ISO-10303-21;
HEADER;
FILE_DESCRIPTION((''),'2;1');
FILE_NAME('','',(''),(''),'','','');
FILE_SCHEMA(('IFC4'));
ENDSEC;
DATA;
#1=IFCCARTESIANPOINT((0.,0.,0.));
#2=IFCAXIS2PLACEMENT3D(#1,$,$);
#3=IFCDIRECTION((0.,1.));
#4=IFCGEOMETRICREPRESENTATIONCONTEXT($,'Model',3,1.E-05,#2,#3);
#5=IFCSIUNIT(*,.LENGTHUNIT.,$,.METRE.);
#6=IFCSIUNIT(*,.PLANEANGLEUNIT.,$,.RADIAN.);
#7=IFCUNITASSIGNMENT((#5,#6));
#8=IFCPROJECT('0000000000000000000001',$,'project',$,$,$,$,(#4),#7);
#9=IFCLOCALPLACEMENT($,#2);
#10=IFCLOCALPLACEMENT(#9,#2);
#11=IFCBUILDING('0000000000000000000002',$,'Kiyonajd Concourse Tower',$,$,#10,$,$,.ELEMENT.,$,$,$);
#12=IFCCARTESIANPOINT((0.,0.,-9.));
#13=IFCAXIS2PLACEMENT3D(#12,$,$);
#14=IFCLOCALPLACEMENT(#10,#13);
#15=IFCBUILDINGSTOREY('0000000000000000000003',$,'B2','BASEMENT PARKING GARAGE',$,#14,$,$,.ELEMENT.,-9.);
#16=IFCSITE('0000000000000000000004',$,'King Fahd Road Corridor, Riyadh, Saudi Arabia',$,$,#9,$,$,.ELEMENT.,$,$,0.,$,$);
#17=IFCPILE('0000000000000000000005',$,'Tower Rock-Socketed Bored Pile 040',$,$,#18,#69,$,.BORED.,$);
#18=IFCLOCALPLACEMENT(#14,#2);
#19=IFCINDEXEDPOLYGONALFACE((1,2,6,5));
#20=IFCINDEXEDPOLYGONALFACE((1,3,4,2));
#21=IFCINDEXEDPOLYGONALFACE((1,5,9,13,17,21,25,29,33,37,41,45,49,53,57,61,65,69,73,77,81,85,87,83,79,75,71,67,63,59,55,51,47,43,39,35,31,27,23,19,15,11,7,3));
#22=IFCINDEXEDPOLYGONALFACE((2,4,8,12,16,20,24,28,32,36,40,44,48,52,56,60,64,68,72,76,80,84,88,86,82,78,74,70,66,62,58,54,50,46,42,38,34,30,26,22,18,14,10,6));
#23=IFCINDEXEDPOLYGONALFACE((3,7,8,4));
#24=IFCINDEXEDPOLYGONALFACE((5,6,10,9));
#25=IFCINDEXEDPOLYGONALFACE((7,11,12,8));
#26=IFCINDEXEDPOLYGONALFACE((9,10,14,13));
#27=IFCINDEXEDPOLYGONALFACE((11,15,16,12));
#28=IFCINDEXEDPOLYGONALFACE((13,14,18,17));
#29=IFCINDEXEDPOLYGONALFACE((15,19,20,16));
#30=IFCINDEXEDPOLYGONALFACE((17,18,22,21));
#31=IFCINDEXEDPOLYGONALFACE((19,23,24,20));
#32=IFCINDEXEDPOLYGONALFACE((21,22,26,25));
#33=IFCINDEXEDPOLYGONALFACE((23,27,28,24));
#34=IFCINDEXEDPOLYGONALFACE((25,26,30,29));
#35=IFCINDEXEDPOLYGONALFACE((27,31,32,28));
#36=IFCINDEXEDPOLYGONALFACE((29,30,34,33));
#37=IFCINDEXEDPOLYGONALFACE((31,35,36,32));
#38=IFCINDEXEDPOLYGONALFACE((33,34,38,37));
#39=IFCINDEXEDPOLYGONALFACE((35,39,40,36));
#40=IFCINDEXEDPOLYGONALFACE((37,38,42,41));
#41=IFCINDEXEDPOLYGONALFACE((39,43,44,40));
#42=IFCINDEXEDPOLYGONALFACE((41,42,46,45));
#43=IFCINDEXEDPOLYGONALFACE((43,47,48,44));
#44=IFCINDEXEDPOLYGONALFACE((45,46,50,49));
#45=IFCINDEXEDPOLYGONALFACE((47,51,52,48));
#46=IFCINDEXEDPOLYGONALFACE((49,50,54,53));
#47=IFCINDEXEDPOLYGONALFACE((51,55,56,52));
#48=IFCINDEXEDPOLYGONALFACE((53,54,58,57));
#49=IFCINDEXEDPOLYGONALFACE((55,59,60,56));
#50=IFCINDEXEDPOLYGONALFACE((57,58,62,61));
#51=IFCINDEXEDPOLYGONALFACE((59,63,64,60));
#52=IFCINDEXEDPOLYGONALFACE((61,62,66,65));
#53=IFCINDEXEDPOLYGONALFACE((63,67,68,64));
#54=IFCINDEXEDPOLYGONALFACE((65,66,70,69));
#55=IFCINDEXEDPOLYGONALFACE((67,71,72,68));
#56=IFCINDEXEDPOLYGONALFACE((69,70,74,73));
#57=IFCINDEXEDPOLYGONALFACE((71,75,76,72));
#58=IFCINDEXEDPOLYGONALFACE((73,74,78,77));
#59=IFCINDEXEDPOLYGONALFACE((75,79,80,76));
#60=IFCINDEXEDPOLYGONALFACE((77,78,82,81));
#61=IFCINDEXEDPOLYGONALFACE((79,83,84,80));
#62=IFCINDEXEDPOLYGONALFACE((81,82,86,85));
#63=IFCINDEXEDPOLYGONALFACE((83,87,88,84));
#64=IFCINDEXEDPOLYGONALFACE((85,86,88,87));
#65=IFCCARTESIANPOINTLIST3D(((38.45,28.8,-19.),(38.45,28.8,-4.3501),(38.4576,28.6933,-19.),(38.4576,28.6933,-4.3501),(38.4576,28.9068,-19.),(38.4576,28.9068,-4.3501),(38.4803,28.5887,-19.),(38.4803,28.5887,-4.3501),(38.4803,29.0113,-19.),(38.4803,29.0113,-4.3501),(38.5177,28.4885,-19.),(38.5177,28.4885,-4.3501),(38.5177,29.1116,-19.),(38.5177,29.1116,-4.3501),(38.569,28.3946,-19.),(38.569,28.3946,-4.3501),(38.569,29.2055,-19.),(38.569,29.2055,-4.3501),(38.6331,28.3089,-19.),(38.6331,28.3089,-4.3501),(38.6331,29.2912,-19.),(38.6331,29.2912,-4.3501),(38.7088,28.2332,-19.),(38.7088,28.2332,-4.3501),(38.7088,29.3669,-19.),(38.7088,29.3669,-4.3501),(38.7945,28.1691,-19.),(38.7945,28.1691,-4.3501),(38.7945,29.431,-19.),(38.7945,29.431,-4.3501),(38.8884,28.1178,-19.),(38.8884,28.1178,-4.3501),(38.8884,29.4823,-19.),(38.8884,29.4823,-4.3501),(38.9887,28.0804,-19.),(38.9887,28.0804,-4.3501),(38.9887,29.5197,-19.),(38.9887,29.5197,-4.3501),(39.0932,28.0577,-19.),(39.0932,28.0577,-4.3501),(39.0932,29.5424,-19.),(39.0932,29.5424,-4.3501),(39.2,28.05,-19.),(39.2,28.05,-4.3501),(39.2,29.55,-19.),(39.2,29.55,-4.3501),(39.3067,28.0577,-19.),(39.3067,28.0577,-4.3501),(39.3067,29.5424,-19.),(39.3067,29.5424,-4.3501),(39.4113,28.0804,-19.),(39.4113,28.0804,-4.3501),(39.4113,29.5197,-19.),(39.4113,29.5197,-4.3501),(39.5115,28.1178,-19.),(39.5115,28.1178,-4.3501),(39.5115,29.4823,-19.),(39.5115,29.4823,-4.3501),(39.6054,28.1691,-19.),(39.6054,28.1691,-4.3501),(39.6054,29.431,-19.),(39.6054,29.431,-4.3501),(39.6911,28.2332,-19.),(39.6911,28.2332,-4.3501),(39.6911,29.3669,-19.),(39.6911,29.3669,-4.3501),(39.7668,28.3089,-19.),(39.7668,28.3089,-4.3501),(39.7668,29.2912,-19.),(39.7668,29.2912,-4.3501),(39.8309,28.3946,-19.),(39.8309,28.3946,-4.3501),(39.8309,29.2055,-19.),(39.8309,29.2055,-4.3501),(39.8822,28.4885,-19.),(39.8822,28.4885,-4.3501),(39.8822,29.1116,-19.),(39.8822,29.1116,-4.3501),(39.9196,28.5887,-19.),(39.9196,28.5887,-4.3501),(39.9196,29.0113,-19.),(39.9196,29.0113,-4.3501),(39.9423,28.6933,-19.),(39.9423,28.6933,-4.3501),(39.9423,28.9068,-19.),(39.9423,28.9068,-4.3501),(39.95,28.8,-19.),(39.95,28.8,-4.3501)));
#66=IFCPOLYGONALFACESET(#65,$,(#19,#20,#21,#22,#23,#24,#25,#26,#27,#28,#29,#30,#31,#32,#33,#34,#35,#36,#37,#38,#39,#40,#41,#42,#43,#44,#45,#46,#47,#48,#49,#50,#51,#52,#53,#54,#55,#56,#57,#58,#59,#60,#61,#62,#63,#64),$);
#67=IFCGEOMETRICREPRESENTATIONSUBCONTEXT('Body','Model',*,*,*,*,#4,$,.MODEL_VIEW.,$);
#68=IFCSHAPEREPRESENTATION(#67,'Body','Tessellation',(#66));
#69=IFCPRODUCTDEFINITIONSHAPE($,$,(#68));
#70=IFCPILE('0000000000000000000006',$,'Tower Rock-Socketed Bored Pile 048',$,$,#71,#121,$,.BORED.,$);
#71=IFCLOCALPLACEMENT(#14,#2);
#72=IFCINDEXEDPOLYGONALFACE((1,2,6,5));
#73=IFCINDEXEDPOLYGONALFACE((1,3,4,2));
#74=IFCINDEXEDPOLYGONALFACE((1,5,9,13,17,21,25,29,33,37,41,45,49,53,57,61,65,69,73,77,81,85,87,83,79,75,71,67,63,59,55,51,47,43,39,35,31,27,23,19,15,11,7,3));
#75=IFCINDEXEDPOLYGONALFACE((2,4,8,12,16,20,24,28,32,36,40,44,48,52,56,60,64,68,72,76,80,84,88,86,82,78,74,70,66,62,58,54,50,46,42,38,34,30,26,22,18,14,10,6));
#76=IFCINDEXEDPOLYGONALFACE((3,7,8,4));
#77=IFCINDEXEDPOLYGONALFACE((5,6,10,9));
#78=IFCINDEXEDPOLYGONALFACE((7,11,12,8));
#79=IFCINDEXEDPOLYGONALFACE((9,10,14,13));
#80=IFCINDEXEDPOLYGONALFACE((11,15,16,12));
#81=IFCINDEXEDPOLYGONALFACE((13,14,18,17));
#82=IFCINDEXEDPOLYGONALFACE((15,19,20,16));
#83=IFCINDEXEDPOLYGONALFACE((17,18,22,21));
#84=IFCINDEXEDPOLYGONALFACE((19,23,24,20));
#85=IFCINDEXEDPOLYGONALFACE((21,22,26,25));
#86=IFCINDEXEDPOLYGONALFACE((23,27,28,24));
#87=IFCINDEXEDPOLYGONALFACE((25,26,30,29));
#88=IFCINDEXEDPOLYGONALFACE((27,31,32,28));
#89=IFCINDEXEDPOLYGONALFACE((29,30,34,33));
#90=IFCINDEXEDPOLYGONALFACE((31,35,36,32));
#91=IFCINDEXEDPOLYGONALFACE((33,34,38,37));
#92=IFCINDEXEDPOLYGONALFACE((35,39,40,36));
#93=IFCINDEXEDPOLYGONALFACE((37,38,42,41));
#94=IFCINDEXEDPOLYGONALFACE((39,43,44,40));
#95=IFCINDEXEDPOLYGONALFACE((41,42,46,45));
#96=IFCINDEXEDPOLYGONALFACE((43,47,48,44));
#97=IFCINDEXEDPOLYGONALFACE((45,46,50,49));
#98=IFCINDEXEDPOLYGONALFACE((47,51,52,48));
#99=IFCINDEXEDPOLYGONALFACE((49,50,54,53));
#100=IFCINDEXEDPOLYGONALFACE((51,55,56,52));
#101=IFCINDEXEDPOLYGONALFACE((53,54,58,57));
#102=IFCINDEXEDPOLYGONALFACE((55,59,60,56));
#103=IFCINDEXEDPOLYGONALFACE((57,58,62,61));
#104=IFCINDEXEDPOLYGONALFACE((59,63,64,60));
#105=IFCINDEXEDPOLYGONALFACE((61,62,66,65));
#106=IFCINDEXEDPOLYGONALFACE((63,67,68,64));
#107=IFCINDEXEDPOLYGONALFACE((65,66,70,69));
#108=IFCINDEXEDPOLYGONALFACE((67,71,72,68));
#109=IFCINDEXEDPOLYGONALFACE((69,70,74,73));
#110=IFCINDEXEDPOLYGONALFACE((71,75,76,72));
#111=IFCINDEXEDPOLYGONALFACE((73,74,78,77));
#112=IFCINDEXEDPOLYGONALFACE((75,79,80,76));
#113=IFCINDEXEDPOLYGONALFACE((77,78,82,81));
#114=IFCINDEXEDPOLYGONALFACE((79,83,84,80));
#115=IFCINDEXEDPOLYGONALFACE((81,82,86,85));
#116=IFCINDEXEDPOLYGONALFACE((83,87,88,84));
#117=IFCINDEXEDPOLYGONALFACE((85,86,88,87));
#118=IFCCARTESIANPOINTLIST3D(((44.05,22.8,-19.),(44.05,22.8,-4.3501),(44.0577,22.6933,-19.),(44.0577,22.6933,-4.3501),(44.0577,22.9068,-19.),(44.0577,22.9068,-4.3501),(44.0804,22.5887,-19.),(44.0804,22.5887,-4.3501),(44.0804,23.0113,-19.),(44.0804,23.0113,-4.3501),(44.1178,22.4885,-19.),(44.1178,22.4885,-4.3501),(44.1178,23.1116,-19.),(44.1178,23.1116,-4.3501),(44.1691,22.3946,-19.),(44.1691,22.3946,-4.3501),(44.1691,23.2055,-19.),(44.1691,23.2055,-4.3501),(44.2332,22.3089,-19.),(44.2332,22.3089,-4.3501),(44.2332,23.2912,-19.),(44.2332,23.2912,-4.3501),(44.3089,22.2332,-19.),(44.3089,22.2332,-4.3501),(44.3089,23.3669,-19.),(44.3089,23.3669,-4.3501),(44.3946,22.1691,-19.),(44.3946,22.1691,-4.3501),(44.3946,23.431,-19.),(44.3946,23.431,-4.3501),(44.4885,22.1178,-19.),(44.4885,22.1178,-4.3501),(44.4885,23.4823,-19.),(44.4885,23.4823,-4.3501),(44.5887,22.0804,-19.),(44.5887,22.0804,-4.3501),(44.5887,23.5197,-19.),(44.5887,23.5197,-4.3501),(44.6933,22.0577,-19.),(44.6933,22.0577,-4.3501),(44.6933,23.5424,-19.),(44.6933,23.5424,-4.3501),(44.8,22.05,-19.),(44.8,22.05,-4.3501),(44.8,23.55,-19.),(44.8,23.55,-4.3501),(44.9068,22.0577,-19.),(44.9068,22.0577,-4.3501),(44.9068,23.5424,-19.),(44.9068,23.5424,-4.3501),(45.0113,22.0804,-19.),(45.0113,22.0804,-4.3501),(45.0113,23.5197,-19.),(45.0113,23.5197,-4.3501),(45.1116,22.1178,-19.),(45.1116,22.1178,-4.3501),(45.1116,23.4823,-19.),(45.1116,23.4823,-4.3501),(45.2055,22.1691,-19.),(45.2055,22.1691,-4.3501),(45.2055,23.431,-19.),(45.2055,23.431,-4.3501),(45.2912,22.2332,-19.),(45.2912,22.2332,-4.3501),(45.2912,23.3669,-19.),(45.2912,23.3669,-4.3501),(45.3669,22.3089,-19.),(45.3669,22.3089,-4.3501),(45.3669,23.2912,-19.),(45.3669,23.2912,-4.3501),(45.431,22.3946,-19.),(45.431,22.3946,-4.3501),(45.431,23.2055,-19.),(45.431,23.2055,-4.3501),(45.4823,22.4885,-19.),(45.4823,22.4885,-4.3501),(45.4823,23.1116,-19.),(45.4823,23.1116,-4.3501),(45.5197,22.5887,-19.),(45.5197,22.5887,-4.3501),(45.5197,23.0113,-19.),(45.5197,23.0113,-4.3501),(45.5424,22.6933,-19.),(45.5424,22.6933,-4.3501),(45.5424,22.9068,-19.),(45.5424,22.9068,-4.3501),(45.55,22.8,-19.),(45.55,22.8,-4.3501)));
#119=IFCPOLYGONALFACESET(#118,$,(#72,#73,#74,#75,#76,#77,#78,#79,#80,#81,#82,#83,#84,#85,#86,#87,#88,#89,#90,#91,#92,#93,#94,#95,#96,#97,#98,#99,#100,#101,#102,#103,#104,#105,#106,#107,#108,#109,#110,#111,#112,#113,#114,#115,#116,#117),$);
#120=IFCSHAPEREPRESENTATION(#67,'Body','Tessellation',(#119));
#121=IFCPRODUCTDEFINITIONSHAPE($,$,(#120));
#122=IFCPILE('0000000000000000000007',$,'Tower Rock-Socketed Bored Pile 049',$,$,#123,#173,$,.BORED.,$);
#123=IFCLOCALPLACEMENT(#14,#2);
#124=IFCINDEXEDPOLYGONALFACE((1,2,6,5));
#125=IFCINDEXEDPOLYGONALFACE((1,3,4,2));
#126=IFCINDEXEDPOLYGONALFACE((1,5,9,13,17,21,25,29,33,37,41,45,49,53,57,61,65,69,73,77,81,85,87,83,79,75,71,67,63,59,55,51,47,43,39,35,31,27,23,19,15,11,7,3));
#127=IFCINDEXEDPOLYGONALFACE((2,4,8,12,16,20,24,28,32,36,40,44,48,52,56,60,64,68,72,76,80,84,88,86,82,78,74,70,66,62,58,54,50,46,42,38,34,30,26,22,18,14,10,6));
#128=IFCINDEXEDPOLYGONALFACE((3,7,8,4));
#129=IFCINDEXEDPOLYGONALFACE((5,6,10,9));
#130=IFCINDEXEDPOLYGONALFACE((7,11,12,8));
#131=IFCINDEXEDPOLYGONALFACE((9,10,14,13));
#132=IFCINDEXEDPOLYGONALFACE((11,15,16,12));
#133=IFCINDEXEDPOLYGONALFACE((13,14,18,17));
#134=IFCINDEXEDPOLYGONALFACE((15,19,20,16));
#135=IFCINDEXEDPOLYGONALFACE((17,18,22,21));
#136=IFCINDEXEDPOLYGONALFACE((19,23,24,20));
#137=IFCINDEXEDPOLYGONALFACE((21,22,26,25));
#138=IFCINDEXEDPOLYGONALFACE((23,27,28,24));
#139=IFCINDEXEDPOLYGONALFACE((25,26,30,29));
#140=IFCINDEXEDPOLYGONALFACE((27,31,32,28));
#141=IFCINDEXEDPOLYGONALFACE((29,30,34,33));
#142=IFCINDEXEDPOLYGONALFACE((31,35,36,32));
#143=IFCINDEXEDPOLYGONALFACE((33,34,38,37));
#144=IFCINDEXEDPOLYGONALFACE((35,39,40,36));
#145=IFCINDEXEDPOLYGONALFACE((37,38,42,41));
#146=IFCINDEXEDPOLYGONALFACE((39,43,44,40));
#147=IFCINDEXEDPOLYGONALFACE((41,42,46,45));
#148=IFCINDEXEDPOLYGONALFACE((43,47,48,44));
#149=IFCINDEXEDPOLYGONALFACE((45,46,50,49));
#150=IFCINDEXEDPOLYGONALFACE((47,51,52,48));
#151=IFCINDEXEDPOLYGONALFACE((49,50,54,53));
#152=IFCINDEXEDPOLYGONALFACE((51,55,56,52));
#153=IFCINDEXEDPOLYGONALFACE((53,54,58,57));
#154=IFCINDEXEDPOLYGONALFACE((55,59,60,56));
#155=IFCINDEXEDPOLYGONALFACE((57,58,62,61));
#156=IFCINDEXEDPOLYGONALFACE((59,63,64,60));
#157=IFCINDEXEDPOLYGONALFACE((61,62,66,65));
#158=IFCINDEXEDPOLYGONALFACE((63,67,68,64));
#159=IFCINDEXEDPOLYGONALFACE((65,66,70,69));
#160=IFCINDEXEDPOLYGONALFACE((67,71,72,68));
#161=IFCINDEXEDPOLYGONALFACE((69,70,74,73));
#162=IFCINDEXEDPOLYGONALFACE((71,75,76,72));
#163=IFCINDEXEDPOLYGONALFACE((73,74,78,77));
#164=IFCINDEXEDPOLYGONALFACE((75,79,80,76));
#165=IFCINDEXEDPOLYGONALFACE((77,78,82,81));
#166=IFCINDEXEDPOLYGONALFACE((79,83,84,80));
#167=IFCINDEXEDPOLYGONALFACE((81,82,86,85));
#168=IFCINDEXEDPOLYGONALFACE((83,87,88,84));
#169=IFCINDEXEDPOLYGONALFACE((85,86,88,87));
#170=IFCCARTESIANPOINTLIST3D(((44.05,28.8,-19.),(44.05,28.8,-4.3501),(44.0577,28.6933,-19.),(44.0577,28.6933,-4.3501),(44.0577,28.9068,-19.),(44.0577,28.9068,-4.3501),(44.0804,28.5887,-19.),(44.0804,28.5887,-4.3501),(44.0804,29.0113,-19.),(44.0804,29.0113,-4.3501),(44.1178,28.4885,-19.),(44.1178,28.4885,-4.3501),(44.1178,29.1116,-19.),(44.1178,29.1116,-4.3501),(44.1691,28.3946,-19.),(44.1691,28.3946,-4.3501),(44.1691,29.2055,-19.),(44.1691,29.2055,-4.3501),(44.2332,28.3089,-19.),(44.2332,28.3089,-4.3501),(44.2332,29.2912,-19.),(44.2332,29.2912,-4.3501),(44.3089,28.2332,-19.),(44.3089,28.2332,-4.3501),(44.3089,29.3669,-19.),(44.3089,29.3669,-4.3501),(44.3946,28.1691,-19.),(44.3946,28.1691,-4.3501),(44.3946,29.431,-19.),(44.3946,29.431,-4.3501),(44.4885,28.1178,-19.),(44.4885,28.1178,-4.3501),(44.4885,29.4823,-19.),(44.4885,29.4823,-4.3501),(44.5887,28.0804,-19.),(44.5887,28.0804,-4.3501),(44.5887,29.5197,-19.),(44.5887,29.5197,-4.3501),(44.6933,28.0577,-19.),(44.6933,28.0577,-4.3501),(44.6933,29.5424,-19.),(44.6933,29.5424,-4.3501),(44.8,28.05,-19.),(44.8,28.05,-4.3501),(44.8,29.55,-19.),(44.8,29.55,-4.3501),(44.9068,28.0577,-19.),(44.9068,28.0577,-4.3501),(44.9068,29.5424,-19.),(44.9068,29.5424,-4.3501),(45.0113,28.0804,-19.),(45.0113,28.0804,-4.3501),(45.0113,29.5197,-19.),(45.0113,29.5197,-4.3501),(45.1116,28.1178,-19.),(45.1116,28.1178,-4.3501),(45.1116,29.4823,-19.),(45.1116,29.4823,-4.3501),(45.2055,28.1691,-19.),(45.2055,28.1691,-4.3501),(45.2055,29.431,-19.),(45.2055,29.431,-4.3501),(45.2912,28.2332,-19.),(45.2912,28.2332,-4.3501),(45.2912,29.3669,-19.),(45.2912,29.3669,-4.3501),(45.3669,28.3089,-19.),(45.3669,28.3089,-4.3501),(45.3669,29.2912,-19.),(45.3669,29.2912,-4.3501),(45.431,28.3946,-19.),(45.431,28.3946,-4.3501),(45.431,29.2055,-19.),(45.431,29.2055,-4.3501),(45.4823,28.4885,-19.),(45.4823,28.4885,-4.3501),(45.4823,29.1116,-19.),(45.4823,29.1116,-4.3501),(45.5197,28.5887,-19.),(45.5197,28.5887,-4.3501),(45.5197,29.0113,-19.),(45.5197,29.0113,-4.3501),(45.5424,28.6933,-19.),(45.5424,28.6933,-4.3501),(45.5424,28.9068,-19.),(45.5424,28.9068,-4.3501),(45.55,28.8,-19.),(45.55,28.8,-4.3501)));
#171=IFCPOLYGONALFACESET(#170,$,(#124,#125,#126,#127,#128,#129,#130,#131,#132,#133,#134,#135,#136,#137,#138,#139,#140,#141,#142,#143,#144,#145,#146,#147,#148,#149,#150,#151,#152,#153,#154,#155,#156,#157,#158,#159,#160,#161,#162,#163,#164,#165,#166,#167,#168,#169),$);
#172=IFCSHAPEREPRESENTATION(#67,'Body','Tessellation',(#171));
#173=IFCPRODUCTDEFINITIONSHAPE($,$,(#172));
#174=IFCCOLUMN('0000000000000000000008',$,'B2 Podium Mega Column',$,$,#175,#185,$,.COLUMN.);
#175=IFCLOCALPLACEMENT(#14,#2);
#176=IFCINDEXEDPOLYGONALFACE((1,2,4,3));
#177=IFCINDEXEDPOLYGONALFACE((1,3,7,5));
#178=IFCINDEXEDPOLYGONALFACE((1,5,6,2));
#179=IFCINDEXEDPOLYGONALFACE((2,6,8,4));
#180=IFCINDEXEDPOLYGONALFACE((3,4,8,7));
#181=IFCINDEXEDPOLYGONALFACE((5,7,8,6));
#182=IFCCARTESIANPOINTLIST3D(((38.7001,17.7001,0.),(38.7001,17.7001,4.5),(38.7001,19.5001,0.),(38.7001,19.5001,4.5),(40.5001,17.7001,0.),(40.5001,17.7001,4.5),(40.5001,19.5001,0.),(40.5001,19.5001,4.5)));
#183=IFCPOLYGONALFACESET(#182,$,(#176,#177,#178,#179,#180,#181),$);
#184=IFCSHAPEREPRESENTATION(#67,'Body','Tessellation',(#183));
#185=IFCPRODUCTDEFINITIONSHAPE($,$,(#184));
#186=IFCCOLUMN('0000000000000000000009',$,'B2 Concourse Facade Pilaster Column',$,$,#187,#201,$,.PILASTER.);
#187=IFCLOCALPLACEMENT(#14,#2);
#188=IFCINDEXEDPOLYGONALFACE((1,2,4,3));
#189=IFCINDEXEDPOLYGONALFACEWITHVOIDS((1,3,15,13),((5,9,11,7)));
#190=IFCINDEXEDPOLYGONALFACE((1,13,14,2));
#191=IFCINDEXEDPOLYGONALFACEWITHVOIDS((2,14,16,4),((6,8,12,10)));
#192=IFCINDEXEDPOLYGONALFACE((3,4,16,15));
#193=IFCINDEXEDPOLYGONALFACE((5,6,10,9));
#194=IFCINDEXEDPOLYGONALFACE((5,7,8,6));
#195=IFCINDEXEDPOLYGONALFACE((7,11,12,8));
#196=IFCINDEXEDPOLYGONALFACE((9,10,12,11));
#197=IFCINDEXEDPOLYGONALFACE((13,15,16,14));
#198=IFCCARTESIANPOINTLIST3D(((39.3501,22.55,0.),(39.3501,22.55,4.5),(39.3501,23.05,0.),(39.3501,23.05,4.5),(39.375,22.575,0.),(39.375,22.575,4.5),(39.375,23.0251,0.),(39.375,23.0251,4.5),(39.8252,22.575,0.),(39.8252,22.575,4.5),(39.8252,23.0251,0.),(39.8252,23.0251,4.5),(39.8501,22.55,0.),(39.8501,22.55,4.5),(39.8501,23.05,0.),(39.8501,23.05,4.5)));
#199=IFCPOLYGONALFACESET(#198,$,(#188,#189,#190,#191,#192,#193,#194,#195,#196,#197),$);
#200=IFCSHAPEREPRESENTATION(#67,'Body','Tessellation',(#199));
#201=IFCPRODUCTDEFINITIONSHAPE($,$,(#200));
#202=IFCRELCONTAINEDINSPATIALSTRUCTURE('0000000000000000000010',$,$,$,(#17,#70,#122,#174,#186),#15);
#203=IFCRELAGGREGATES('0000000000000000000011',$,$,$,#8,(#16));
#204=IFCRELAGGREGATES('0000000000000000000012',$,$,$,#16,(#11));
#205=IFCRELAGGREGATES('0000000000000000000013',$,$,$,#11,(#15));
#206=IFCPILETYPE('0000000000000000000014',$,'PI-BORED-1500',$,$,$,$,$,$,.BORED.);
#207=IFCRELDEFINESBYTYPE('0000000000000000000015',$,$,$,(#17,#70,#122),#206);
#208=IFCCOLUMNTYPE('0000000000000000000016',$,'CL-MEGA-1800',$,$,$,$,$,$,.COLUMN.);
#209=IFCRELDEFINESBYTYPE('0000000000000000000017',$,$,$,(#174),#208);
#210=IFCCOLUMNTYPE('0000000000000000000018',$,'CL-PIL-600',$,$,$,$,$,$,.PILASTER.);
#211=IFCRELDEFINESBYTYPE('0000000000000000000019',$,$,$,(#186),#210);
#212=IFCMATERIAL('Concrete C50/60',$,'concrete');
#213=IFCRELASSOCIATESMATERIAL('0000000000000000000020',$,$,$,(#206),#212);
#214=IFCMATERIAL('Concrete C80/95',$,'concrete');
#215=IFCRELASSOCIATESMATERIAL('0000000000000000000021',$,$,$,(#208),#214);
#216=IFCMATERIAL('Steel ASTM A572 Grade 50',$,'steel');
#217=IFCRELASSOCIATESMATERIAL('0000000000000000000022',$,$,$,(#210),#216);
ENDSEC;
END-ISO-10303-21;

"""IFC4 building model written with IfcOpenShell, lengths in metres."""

from ifc_helpers import new_model, si_unit, direction, frame, origin, origin_2d, place, context, subcontext, project, spatial, rectangle, hollow_rectangle, circle, extrude, material, material_profile, profile_set, type_object, element, save


model = new_model("IFC4")

# Units and contexts
model_context = context("Model", 3, precision=1e-05, world=origin(), true_north=direction((0.0, 1.0)))
body_context = subcontext(model_context, "Body", "Model", "MODEL_VIEW")
ifc_project = project(units=[si_unit("LENGTHUNIT", "METRE"), si_unit("PLANEANGLEUNIT", "RADIAN")], contexts=[model_context])

# Site, building, storey
site_placement = place(None, origin())
site = spatial("IfcSite", under=ifc_project, at=site_placement, Name="King Fahd Road Corridor, Riyadh, Saudi Arabia", CompositionType="ELEMENT", RefElevation=0.0)
building_placement = place(site_placement, origin())
building = spatial("IfcBuilding", under=site, at=building_placement, Name="Kiyonajd Concourse Tower", CompositionType="ELEMENT")
storey_placement = place(building_placement, frame((0.0, 0.0, -9.0)))
storey = spatial("IfcBuildingStorey", under=building, at=storey_placement, Name="B2", Description="BASEMENT PARKING GARAGE", CompositionType="ELEMENT", Elevation=-9.0)

# Piles
ifc_material_1 = material(Name="Concrete C50/60", Category="concrete")
ifc_material_profile_1 = material_profile(ifc_material_1, circle(Radius=0.75, at=origin_2d()), Name="PILE-D1500")
ifc_profile_set_1 = profile_set([ifc_material_profile_1], Name="Concrete C50/60")
pile_type = type_object("IfcPileType", Name="PI-BORED-1500", PredefinedType="BORED", material=ifc_profile_set_1)
for number, where, z_axis, x_axis, name in (
    (1, (39.2, 28.8, -4.3501), (0.0, 0.0, -1.0), (1.0, 0.0, 0.0), "Tower Rock-Socketed Bored Pile 040"),
    (2, (44.8, 22.8, -4.3501), (0.0, 0.0, -1.0), (1.0, 0.0, 0.0), "Tower Rock-Socketed Bored Pile 048"),
    (3, (44.8, 28.8, -4.3501), (0.0, 0.0, -1.0), (1.0, 0.0, 0.0), "Tower Rock-Socketed Bored Pile 049"),
):
    element("IfcPile", number, at=place(storey_placement, frame(where, z_axis=z_axis, x_axis=x_axis)), inside=storey, type_object=pile_type, Name=name, PredefinedType="BORED", context=body_context, shape_type="SweptSolid", body=[
        extrude(circle(Radius=0.75, at=origin_2d()), origin(), (0.0, 0.0, 1.0), 14.6499),
    ])

# Columns
ifc_material_2 = material(Name="Concrete C80/95", Category="concrete")
ifc_material_profile_2 = material_profile(ifc_material_2, rectangle(XDim=1.8, YDim=1.8, at=origin_2d()), Name="RC-1800x1800")
ifc_profile_set_2 = profile_set([ifc_material_profile_2], Name="Concrete C80/95")
column_type_1 = type_object("IfcColumnType", Name="CL-MEGA-1800", PredefinedType="COLUMN", material=ifc_profile_set_2)
column_1_placement = place(storey_placement, frame((39.6001, 18.6001, 0.0), z_axis=(0.0, 0.0, 1.0), x_axis=(1.0, 0.0, 0.0)))
element("IfcColumn", 4, at=column_1_placement, inside=storey, type_object=column_type_1, Name="B2 Podium Mega Column", PredefinedType="COLUMN", context=body_context, shape_type="SweptSolid", body=[
    extrude(rectangle(XDim=1.8, YDim=1.8, at=origin_2d()), origin(), (0.0, 0.0, 1.0), 4.5),
])
ifc_material_3 = material(Name="Steel ASTM A572 Grade 50", Category="steel")
ifc_material_profile_3 = material_profile(ifc_material_3, hollow_rectangle(XDim=0.5, YDim=0.5, WallThickness=0.0249, at=origin_2d()), Name="HSS-500x500x25")
ifc_profile_set_3 = profile_set([ifc_material_profile_3], Name="Steel ASTM A572 Grade 50")
column_type_2 = type_object("IfcColumnType", Name="CL-PIL-600", PredefinedType="PILASTER", material=ifc_profile_set_3)
column_2_placement = place(storey_placement, frame((39.6001, 22.8, 0.0), z_axis=(0.0, 0.0, 1.0), x_axis=(1.0, 0.0, 0.0)))
element("IfcColumn", 5, at=column_2_placement, inside=storey, type_object=column_type_2, Name="B2 Concourse Facade Pilaster Column", PredefinedType="PILASTER", context=body_context, shape_type="SweptSolid", body=[
    extrude(hollow_rectangle(XDim=0.5, YDim=0.5, WallThickness=0.0249, at=origin_2d()), origin(), (0.0, 0.0, 1.0), 4.5),
])

save(model, "model.ifc")
